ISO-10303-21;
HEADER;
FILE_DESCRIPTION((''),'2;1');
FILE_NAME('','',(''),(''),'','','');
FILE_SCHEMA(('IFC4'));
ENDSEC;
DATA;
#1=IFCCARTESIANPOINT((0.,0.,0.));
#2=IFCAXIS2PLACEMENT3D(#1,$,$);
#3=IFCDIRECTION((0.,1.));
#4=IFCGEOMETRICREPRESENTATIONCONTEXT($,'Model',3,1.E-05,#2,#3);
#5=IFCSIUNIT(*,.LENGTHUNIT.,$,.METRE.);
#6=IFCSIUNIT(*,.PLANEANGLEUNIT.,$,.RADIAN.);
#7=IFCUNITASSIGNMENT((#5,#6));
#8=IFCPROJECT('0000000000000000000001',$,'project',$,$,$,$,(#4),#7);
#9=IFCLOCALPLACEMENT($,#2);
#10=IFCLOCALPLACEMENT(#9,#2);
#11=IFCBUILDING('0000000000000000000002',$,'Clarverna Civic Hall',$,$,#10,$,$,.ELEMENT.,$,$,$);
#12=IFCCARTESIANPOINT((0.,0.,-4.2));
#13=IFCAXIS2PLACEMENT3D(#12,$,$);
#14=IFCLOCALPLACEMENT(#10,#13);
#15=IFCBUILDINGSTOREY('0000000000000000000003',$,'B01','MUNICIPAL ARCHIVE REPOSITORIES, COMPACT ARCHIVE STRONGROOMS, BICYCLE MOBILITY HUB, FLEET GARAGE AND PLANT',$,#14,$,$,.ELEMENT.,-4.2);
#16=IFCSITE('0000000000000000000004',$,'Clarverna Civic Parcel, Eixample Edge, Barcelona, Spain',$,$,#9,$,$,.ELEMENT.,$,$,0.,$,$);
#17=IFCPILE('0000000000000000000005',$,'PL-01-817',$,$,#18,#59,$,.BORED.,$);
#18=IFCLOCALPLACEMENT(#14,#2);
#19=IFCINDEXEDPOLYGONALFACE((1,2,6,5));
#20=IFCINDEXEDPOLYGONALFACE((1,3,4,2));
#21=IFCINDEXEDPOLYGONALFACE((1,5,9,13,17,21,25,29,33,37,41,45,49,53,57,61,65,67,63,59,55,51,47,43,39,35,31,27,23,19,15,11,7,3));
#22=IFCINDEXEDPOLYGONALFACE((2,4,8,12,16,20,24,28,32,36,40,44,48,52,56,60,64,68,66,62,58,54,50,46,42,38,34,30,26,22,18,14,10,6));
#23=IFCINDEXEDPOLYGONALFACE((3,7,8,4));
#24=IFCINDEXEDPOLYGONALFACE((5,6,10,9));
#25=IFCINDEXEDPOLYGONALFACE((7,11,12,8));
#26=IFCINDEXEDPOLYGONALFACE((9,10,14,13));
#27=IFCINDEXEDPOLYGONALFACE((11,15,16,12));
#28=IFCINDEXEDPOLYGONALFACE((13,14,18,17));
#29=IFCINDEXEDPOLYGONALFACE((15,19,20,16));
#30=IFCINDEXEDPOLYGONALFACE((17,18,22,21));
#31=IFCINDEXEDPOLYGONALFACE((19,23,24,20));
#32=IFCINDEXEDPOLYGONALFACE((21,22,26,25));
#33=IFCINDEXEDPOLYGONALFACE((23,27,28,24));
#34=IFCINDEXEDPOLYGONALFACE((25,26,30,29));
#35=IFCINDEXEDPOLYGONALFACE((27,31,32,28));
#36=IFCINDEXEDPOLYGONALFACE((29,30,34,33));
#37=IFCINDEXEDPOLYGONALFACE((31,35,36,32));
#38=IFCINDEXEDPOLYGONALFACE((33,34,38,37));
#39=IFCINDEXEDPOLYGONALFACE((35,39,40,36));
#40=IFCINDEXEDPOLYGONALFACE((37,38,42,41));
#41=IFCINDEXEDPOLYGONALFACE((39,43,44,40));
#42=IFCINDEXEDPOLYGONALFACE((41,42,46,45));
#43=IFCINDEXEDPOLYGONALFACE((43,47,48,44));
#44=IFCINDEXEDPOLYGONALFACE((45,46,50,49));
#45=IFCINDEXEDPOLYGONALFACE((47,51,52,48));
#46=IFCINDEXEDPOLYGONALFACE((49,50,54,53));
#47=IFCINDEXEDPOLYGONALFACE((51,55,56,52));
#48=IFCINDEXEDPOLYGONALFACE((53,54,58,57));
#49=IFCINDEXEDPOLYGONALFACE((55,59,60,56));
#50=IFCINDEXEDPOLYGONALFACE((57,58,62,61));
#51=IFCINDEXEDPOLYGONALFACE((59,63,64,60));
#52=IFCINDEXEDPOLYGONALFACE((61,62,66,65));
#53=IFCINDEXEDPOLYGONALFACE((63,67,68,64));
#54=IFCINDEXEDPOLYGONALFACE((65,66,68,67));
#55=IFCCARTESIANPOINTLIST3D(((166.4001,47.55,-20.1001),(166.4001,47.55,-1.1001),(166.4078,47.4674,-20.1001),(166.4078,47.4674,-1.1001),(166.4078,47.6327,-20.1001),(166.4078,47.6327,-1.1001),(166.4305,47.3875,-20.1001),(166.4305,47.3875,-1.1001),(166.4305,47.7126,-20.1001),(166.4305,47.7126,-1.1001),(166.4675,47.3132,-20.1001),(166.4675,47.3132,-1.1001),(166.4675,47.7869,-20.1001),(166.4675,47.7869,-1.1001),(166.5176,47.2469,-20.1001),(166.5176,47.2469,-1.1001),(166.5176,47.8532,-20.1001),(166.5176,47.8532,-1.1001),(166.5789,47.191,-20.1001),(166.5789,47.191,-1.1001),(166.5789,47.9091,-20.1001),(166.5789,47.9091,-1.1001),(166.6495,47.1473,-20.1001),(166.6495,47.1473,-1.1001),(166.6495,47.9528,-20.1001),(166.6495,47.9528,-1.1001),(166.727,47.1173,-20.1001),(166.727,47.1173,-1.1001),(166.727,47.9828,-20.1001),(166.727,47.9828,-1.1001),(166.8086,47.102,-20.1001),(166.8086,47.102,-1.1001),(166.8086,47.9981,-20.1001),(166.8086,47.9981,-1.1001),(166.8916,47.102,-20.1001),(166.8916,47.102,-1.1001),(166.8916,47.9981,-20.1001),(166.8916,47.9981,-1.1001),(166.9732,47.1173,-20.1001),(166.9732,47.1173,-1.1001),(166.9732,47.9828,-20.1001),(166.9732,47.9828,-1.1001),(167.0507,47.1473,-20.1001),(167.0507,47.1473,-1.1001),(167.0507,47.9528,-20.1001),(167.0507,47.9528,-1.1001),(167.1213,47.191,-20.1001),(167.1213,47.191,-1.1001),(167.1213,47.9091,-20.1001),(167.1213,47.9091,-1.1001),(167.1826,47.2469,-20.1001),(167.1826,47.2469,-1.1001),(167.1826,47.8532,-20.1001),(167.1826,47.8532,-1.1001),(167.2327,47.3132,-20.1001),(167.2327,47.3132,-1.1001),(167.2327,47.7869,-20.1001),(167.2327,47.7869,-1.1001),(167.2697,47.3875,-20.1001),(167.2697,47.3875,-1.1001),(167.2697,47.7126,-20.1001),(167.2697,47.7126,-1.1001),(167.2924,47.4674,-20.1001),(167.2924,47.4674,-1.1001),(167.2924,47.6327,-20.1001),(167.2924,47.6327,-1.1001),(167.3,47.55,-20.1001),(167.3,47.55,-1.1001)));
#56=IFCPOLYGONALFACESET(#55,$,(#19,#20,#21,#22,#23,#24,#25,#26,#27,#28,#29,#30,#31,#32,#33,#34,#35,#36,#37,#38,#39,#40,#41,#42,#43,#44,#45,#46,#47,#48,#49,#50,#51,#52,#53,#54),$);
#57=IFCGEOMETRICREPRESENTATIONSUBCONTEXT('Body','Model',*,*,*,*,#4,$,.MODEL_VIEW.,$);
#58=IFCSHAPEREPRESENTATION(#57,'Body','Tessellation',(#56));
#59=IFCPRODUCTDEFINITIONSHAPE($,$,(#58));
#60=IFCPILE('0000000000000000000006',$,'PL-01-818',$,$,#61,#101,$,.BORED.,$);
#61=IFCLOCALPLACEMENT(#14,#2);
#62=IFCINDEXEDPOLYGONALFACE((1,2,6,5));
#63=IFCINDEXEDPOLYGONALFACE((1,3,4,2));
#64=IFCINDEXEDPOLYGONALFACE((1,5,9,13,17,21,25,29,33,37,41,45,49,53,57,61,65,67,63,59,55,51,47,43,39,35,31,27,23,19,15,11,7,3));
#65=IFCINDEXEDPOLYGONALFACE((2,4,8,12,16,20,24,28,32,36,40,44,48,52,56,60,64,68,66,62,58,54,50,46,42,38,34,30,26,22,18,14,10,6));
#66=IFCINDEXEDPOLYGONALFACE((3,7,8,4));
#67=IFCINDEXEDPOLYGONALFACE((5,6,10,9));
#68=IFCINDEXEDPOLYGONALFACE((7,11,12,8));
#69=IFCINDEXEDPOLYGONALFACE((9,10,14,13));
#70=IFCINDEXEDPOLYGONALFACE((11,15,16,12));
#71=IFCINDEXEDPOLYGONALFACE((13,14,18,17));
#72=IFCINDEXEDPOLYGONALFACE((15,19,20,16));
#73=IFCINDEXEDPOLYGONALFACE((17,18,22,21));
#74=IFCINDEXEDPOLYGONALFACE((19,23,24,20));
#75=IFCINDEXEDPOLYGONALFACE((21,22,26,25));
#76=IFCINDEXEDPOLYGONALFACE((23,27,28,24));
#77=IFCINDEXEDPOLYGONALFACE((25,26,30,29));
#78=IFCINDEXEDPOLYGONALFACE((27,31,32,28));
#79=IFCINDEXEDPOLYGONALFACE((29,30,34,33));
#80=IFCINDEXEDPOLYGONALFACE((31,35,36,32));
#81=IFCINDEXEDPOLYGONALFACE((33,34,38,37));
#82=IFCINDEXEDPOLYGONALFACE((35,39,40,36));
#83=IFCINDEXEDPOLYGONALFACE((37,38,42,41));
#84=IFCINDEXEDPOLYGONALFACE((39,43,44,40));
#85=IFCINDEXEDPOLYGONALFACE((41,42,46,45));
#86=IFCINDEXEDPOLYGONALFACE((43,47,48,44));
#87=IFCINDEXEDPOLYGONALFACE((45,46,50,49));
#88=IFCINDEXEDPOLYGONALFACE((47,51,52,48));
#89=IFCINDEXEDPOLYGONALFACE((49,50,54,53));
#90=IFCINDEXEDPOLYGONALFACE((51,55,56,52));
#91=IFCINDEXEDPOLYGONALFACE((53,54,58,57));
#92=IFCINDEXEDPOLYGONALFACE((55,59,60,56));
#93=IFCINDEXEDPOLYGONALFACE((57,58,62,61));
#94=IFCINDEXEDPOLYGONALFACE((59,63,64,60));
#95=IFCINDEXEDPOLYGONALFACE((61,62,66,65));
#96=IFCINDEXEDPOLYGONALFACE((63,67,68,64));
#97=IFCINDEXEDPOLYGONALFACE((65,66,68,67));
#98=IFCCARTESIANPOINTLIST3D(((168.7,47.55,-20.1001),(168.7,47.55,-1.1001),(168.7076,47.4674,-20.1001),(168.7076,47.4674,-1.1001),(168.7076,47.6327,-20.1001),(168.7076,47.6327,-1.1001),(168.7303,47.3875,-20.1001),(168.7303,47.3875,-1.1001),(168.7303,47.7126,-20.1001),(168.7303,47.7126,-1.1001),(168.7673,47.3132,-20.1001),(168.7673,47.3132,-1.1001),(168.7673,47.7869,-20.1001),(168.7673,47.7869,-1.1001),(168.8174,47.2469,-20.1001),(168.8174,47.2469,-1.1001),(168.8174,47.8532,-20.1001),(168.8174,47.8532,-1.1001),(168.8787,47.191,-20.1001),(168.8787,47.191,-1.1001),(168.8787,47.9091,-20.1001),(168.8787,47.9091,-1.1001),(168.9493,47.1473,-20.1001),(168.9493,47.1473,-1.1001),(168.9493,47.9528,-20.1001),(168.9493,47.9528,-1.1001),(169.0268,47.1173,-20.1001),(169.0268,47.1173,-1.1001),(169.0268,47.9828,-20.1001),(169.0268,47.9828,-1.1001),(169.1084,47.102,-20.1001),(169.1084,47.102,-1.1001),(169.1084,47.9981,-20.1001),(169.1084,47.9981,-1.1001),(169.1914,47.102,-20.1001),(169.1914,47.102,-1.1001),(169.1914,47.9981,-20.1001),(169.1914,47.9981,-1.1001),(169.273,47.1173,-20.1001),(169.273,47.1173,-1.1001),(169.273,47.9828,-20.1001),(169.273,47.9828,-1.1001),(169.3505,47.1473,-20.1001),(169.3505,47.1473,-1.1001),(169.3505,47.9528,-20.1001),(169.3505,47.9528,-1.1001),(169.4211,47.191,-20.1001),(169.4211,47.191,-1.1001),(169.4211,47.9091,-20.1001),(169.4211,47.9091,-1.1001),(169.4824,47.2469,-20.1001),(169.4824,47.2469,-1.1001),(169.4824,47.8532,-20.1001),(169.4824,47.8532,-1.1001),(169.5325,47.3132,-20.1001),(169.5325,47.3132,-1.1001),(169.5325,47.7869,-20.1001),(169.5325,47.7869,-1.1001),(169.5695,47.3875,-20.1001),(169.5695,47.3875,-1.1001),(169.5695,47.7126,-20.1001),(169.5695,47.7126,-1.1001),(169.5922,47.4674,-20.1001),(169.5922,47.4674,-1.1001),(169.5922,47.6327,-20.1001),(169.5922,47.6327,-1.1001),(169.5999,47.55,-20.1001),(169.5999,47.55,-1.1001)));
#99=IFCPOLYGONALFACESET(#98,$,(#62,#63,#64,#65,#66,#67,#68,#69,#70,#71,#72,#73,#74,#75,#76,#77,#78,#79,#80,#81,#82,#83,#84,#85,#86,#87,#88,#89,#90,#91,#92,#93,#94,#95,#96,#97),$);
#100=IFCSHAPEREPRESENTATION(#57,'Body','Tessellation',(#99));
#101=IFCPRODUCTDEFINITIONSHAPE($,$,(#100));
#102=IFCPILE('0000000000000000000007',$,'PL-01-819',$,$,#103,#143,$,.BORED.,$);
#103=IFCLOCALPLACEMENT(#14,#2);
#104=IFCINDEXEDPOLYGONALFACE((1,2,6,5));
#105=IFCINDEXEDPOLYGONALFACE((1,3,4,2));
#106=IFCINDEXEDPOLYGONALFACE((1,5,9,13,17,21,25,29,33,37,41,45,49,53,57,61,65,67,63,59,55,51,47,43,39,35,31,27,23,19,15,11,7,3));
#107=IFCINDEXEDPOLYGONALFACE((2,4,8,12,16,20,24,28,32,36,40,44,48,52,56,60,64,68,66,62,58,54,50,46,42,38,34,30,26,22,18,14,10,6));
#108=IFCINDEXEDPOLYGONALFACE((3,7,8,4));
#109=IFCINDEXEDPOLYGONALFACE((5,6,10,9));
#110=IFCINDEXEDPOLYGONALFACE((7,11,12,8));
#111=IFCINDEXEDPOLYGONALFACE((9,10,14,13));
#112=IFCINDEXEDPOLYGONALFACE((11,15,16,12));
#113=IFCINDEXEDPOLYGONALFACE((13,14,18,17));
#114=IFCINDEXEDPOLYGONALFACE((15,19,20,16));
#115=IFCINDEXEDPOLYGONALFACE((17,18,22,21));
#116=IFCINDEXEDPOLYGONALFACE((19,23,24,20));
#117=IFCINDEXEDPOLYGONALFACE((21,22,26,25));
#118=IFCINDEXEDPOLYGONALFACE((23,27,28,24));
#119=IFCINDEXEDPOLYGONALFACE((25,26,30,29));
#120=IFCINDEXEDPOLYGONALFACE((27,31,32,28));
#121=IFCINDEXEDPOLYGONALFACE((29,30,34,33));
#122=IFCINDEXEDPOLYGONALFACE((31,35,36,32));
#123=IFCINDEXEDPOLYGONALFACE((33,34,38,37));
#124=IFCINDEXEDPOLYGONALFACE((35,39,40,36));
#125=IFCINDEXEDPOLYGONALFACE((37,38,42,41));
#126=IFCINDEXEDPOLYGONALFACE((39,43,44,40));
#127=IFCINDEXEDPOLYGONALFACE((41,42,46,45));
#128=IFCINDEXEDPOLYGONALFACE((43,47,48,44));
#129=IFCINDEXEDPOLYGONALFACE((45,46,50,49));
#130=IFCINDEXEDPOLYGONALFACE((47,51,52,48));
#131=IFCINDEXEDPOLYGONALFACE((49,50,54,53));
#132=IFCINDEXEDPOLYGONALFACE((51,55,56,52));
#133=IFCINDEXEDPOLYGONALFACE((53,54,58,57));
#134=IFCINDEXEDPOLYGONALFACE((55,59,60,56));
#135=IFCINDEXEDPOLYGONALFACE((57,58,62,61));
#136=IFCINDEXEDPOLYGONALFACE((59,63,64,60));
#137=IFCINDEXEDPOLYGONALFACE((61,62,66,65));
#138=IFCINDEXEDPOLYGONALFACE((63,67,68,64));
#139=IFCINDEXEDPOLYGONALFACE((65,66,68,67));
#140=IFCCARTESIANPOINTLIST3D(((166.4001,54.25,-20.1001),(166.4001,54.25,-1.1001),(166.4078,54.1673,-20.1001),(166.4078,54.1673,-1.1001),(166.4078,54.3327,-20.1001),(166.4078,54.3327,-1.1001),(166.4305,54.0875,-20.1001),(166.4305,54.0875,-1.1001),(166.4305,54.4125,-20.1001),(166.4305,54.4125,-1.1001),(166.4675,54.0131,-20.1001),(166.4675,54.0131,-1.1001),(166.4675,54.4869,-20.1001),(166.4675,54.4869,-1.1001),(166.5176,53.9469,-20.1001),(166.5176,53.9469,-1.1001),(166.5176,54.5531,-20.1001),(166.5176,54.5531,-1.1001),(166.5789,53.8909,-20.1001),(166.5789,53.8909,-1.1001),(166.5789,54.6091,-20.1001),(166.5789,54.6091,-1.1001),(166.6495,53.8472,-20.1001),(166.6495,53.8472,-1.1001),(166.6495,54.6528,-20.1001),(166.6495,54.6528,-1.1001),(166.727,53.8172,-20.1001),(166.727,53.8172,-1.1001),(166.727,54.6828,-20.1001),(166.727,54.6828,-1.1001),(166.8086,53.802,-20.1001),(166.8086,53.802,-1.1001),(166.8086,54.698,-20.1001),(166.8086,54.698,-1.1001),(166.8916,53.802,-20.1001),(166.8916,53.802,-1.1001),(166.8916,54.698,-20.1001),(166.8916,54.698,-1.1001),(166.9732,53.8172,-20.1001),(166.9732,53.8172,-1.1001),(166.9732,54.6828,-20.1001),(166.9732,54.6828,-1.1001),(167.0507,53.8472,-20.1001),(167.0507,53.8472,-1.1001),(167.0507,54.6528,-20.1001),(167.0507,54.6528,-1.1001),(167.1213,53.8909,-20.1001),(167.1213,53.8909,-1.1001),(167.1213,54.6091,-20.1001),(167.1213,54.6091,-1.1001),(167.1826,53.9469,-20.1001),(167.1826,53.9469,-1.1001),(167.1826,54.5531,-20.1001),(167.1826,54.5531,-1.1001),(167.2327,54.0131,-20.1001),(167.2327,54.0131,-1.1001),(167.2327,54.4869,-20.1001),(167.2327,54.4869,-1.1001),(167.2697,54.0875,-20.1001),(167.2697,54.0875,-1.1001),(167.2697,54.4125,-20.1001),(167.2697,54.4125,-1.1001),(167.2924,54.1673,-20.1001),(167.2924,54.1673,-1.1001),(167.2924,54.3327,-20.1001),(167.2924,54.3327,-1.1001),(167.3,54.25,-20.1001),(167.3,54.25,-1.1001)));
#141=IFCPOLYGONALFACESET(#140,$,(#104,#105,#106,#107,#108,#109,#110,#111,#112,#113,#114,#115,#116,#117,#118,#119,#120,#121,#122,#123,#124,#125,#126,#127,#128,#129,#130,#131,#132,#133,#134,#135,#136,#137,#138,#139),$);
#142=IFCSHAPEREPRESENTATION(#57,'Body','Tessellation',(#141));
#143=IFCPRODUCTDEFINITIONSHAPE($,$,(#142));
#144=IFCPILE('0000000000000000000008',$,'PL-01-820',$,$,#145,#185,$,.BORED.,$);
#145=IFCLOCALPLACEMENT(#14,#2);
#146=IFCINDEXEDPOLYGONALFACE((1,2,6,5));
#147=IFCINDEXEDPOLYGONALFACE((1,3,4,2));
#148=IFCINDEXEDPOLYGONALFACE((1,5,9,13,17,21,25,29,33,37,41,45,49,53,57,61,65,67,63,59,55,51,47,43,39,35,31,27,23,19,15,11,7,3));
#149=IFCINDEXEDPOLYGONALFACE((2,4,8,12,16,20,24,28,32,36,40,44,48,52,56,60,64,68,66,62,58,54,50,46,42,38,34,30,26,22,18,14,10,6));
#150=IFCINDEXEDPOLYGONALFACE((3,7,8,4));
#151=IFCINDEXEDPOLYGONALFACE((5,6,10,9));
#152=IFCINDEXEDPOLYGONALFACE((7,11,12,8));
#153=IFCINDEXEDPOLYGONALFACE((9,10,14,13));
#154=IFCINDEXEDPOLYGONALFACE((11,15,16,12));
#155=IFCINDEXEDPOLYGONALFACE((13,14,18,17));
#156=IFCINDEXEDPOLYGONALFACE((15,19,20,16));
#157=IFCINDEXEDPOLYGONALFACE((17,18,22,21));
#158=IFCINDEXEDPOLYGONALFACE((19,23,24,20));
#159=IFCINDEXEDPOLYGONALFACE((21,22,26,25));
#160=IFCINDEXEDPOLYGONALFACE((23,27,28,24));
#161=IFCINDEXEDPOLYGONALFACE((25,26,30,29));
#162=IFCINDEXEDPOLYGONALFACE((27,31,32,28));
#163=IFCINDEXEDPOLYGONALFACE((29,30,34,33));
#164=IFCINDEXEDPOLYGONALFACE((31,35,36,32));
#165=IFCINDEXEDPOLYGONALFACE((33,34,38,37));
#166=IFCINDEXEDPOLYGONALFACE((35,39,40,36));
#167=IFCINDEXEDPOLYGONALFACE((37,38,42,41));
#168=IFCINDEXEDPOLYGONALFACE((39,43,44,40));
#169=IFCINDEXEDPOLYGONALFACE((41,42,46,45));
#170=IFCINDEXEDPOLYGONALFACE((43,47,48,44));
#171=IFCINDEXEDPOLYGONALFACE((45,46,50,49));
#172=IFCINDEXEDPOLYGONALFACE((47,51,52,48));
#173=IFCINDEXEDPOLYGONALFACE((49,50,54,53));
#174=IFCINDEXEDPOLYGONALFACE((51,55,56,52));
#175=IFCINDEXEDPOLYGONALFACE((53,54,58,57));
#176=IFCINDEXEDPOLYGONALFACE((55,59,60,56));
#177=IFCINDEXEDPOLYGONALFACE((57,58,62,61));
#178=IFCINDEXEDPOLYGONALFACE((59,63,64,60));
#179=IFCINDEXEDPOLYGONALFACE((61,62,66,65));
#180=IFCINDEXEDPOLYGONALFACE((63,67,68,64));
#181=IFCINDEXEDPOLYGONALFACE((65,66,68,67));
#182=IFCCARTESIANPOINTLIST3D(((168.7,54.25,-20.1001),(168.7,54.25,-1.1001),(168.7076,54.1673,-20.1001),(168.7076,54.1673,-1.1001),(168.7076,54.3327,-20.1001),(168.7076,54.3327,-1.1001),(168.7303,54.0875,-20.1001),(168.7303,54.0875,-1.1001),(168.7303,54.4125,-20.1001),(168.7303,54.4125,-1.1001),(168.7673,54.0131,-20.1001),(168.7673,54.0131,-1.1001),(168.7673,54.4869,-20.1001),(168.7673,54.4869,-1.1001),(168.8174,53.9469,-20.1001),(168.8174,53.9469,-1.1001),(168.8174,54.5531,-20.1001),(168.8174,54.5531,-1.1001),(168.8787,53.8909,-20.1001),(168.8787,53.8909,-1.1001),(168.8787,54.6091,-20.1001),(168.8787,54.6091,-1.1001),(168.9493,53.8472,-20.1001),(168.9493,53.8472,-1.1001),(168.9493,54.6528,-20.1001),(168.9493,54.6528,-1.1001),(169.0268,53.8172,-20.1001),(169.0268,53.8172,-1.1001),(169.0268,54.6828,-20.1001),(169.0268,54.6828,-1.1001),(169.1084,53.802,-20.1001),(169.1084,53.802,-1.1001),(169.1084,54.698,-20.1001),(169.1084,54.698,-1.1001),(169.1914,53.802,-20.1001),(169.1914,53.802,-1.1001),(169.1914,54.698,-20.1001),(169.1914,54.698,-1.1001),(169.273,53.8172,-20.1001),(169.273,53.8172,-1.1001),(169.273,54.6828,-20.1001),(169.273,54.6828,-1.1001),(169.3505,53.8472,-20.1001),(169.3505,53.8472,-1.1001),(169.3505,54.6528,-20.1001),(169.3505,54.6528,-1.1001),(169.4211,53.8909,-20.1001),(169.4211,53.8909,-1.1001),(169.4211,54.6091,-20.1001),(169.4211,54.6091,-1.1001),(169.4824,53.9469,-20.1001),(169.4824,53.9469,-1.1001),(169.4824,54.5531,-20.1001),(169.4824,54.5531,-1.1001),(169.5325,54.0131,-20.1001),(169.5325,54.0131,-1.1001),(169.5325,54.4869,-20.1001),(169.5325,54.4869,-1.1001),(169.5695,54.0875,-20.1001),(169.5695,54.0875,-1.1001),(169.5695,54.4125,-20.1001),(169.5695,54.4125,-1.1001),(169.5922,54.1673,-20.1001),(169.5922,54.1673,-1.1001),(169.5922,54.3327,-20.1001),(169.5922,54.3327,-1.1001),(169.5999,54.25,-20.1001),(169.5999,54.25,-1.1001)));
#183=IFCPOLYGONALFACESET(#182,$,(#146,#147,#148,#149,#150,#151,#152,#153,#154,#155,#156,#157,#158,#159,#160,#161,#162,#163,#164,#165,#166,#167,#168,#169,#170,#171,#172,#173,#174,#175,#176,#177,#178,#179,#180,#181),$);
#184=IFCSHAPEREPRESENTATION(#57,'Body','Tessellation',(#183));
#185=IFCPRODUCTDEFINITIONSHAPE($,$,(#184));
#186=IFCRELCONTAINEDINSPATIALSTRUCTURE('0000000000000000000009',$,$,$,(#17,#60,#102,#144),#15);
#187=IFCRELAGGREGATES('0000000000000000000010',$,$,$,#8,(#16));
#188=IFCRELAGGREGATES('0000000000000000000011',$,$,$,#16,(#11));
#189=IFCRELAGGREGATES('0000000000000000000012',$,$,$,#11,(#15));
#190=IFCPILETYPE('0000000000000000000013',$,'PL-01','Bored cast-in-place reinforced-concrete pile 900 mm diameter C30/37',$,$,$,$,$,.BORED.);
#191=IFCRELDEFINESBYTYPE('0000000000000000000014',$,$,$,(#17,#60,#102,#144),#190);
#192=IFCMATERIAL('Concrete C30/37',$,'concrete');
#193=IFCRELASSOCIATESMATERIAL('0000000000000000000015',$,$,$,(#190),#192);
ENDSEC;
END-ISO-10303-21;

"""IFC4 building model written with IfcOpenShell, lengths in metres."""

from ifc_helpers import new_model, si_unit, direction, frame, origin, origin_2d, place, context, subcontext, project, spatial, circle, extrude, material, material_profile, profile_set, type_object, element, save


model = new_model("IFC4")

# Units and contexts
model_context = context("Model", 3, precision=1e-05, world=origin(), true_north=direction((0.0, 1.0)))
body_context = subcontext(model_context, "Body", "Model", "MODEL_VIEW")
ifc_project = project(units=[si_unit("LENGTHUNIT", "METRE"), si_unit("PLANEANGLEUNIT", "RADIAN")], contexts=[model_context])

# Site, building, storey
site_placement = place(None, origin())
site = spatial("IfcSite", under=ifc_project, at=site_placement, Name="Clarverna Civic Parcel, Eixample Edge, Barcelona, Spain", CompositionType="ELEMENT", RefElevation=0.0)
building_placement = place(site_placement, origin())
building = spatial("IfcBuilding", under=site, at=building_placement, Name="Clarverna Civic Hall", CompositionType="ELEMENT")
storey_placement = place(building_placement, frame((0.0, 0.0, -4.2)))
storey = spatial("IfcBuildingStorey", under=building, at=storey_placement, Name="B01", Description="MUNICIPAL ARCHIVE REPOSITORIES, COMPACT ARCHIVE STRONGROOMS, BICYCLE MOBILITY HUB, FLEET GARAGE AND PLANT", CompositionType="ELEMENT", Elevation=-4.2)

# Shared definitions
ifc_material_1 = material(Name="Concrete C30/37", Category="concrete")

# Piles
ifc_material_profile_1 = material_profile(ifc_material_1, circle(Radius=0.45, at=origin_2d()), Name="BORED PILE D900")
ifc_profile_set_1 = profile_set([ifc_material_profile_1], Name="Concrete C30/37")
pile_type = type_object("IfcPileType", Name="PL-01", Description="Bored cast-in-place reinforced-concrete pile 900 mm diameter C30/37", PredefinedType="BORED", material=ifc_profile_set_1)
for number, where, z_axis, x_axis, name in (
    (1, (166.8501, 47.55, -1.1001), (0.0, 0.0, -1.0), (1.0, 0.0, 0.0), "PL-01-817"),
    (2, (169.1499, 47.55, -1.1001), (0.0, 0.0, -1.0), (1.0, 0.0, 0.0), "PL-01-818"),
    (3, (166.8501, 54.25, -1.1001), (0.0, 0.0, -1.0), (1.0, 0.0, 0.0), "PL-01-819"),
    (4, (169.1499, 54.25, -1.1001), (0.0, 0.0, -1.0), (1.0, 0.0, 0.0), "PL-01-820"),
):
    element("IfcPile", number, at=place(storey_placement, frame(where, z_axis=z_axis, x_axis=x_axis)), inside=storey, type_object=pile_type, Name=name, PredefinedType="BORED", context=body_context, shape_type="SweptSolid", body=[
        extrude(circle(Radius=0.45, at=origin_2d()), origin(), (0.0, 0.0, 1.0), 19.0),
    ])

save(model, "model.ifc")
